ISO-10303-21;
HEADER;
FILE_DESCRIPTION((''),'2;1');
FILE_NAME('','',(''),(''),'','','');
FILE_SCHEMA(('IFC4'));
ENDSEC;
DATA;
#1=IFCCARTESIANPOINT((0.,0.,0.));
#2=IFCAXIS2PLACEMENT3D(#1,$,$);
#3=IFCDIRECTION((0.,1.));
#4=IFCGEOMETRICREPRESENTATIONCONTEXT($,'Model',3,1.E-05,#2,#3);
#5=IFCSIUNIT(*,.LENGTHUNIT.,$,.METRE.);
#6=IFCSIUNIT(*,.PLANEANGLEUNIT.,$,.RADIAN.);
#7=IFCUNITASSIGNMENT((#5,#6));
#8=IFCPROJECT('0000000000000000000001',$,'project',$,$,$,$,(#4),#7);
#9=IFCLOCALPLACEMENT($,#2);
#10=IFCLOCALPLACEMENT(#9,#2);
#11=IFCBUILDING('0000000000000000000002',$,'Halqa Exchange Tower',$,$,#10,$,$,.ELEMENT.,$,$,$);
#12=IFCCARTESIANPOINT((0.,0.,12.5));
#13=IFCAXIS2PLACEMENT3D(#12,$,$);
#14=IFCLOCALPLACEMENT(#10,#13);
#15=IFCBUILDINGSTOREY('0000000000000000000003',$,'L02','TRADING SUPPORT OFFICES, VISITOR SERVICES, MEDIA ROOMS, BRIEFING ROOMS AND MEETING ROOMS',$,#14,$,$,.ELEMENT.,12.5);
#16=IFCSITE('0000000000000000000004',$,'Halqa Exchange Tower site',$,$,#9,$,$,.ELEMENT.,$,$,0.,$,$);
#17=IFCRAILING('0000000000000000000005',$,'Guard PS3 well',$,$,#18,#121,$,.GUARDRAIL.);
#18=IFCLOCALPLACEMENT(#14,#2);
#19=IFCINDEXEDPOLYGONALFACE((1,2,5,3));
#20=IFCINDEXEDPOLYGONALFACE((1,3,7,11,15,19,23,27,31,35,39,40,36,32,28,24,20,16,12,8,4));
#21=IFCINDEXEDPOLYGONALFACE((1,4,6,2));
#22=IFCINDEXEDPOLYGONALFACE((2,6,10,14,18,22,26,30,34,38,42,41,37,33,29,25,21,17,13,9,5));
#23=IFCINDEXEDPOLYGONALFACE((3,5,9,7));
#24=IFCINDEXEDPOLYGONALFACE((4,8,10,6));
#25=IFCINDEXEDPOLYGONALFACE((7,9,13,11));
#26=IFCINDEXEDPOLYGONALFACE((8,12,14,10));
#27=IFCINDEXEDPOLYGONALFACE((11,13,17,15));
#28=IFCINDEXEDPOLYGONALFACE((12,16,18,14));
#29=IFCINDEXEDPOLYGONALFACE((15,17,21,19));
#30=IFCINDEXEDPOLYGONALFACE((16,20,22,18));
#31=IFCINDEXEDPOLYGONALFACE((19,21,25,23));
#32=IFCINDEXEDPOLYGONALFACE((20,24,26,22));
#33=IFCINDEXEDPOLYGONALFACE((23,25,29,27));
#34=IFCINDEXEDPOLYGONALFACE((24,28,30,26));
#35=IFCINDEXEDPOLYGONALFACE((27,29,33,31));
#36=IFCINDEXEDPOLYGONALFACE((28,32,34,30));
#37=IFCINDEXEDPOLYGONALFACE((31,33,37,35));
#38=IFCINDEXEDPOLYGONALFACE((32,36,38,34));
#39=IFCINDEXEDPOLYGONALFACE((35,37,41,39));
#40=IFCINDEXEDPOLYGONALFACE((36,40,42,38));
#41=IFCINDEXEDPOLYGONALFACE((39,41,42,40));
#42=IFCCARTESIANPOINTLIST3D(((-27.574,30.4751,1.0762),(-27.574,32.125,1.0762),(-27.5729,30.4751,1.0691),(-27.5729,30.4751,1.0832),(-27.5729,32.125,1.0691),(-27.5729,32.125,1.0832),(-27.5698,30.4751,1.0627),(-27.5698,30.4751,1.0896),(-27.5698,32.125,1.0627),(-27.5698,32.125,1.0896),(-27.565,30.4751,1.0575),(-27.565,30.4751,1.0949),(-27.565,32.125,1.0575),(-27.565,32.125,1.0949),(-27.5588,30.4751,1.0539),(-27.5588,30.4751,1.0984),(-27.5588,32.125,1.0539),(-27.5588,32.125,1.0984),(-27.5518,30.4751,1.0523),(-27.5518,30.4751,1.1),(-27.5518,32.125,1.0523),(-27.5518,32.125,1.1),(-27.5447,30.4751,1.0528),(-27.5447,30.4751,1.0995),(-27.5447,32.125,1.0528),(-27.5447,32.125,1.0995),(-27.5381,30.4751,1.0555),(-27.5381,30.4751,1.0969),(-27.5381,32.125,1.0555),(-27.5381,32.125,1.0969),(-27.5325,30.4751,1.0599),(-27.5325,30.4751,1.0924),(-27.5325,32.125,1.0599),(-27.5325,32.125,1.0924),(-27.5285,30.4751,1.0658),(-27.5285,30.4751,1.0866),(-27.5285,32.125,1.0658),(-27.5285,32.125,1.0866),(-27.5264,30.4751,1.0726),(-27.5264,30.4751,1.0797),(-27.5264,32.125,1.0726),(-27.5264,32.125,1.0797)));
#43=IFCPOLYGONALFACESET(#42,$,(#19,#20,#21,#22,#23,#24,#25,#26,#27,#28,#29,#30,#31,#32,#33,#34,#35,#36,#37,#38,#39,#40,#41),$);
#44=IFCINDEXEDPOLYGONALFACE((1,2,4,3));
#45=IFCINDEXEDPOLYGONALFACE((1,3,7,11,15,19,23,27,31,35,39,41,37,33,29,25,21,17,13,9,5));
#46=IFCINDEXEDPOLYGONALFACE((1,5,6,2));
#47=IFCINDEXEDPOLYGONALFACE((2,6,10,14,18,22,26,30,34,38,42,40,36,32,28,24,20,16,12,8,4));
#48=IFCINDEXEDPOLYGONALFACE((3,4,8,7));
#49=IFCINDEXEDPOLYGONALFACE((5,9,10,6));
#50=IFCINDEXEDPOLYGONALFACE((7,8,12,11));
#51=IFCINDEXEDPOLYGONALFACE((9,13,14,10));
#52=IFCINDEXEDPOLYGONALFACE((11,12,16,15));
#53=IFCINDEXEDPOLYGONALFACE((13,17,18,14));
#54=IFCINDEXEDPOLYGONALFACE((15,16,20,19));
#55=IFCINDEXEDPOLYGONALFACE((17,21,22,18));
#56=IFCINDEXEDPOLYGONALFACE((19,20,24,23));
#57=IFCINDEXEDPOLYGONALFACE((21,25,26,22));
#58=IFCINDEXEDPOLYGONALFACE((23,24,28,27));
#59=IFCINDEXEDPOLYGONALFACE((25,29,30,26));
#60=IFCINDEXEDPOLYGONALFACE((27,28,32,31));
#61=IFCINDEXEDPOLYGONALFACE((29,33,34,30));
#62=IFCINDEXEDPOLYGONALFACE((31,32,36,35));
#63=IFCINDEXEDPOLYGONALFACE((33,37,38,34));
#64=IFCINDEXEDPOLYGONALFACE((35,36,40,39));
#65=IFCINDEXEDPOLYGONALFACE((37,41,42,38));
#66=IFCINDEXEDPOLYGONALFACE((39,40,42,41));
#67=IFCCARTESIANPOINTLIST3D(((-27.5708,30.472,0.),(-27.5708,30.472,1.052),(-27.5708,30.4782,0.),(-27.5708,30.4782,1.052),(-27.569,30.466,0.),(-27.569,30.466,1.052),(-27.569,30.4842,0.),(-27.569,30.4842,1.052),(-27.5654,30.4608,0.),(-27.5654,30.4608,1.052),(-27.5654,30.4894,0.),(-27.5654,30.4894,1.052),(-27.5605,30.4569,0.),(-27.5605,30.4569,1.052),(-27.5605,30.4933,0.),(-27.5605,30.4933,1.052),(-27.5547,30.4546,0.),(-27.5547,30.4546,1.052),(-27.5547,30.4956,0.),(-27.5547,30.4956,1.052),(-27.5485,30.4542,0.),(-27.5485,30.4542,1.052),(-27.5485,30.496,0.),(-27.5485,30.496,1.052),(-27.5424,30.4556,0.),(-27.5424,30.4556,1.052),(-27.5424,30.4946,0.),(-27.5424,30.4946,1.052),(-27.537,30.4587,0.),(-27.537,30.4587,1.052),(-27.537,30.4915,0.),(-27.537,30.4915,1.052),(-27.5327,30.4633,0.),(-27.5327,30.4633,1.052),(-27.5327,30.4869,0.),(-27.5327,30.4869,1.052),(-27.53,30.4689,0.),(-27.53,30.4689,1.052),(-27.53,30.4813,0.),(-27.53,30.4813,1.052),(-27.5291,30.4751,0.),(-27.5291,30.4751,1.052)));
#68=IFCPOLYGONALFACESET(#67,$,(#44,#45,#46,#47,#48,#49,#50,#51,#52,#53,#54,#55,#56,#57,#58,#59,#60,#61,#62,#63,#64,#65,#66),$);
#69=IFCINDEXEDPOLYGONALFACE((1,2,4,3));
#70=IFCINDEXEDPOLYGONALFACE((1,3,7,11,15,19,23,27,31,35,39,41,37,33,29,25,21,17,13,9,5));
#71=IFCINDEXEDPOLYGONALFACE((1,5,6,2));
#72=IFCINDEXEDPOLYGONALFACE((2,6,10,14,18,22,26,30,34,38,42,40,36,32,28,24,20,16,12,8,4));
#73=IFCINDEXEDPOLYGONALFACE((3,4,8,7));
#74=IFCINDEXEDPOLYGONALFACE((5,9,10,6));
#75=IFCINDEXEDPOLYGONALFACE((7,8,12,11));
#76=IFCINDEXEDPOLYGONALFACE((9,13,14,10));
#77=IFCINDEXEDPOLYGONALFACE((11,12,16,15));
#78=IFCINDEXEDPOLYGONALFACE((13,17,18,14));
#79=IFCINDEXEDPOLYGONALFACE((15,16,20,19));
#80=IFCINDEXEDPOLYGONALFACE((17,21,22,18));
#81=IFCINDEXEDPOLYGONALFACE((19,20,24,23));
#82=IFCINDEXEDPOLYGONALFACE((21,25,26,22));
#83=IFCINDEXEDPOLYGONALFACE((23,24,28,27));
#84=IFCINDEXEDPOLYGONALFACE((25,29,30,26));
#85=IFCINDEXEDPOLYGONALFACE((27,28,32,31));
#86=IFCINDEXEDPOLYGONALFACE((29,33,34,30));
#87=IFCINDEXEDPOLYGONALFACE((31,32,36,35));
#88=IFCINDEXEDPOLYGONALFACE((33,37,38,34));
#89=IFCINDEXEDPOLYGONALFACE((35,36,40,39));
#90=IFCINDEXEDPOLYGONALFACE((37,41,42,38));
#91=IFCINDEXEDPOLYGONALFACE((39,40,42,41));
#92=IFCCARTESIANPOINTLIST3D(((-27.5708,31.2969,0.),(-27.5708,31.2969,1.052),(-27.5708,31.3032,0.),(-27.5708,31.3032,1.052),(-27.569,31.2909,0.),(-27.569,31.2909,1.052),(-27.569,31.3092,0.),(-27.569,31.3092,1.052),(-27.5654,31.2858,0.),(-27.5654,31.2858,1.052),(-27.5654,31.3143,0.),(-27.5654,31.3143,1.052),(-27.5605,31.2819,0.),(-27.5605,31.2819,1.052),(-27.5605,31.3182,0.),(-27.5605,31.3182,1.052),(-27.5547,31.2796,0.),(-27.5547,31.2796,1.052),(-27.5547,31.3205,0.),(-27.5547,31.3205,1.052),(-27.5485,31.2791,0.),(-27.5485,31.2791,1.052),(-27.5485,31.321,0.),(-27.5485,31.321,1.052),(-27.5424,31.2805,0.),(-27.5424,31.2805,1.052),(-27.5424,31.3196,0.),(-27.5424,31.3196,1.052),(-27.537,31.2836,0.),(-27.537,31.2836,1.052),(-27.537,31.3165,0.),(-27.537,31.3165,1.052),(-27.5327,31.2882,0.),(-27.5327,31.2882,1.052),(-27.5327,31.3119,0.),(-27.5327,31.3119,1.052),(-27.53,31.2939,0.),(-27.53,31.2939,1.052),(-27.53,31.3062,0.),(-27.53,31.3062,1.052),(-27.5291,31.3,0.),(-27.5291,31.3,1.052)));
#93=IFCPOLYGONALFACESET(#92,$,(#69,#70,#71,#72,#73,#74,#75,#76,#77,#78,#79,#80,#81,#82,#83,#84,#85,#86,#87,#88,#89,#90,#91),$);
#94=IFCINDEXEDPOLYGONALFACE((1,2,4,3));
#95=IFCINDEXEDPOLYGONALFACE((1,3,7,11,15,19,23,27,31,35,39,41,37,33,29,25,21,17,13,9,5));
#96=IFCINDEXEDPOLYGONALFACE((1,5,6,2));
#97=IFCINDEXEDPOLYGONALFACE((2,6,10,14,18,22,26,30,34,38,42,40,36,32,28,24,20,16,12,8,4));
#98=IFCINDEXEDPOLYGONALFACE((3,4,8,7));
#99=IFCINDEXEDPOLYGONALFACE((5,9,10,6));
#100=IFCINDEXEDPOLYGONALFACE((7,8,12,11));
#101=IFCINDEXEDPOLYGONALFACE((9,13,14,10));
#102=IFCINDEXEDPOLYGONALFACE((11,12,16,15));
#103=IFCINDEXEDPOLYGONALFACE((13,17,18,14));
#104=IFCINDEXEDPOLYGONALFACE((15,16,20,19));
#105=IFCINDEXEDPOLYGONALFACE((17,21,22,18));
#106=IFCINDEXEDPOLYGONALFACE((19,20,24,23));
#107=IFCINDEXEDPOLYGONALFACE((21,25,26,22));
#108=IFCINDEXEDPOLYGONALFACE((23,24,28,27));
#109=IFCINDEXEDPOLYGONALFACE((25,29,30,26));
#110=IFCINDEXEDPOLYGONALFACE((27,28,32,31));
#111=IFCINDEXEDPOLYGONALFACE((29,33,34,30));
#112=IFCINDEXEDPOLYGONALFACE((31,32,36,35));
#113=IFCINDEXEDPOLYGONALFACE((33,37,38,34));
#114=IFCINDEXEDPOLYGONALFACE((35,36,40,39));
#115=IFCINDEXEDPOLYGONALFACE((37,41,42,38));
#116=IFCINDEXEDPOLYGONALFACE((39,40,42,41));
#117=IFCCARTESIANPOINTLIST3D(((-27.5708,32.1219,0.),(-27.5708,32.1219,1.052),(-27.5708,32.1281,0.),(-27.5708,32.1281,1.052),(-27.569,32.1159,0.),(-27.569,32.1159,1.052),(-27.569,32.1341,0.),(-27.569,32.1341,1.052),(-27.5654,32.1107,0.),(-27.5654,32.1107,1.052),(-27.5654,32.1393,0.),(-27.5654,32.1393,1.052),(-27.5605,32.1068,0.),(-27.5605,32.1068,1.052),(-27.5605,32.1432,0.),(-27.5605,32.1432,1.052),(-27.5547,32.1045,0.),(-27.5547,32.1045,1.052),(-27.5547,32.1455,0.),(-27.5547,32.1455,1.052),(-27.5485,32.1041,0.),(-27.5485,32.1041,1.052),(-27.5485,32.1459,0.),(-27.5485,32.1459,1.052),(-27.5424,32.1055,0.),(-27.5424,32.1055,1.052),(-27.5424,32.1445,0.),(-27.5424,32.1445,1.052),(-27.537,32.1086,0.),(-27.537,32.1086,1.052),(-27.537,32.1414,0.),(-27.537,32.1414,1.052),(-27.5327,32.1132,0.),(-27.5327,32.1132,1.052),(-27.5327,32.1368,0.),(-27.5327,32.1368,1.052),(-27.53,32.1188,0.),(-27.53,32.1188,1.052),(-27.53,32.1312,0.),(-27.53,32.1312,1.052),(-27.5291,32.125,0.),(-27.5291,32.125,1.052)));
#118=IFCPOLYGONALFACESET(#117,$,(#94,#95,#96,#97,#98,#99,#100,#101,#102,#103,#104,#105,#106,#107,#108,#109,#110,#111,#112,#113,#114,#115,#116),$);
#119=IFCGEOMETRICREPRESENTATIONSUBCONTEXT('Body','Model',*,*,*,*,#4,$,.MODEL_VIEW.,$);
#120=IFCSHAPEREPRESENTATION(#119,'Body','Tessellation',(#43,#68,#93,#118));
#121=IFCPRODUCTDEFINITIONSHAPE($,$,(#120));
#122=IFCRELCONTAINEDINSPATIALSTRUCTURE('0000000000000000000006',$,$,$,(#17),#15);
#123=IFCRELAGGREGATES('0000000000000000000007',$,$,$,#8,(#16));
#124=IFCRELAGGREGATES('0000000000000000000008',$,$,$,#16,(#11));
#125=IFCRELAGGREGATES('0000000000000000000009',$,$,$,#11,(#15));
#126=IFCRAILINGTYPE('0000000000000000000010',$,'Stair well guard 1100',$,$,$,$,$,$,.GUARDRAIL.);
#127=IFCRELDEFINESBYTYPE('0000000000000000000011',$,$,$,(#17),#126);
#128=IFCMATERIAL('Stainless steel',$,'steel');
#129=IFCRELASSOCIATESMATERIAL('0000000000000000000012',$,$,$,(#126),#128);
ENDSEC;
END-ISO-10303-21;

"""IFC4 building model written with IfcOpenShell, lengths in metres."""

from ifc_helpers import new_model, si_unit, direction, frame, origin, origin_2d, place, context, subcontext, project, spatial, circle, extrude, material, type_object, element, save


model = new_model("IFC4")

# Units and contexts
model_context = context("Model", 3, precision=1e-05, world=origin(), true_north=direction((0.0, 1.0)))
body_context = subcontext(model_context, "Body", "Model", "MODEL_VIEW")
ifc_project = project(units=[si_unit("LENGTHUNIT", "METRE"), si_unit("PLANEANGLEUNIT", "RADIAN")], contexts=[model_context])

# Site, building, storey
site_placement = place(None, origin())
site = spatial("IfcSite", under=ifc_project, at=site_placement, Name="Halqa Exchange Tower site", CompositionType="ELEMENT", RefElevation=0.0)
building_placement = place(site_placement, origin())
building = spatial("IfcBuilding", under=site, at=building_placement, Name="Halqa Exchange Tower", CompositionType="ELEMENT")
storey_placement = place(building_placement, frame((0.0, 0.0, 12.5)))
storey = spatial("IfcBuildingStorey", under=building, at=storey_placement, Name="L02", Description="TRADING SUPPORT OFFICES, VISITOR SERVICES, MEDIA ROOMS, BRIEFING ROOMS AND MEETING ROOMS", CompositionType="ELEMENT", Elevation=12.5)

# Railing
ifc_material_1 = material(Name="Stainless steel", Category="steel")
railing_type_1 = type_object("IfcRailingType", Name="Stair well guard 1100", PredefinedType="GUARDRAIL", material=ifc_material_1)
railing_1_placement = place(storey_placement, frame((-27.55, 30.4751, 0.0)))
element("IfcRailing", 1, at=railing_1_placement, inside=storey, type_object=railing_type_1, Name="Guard PS3 well", PredefinedType="GUARDRAIL", context=body_context, shape_type="SweptSolid", body=[
    extrude(circle(Radius=0.0239, at=origin_2d()), frame((0.0, 0.0, 1.0762), z_axis=(0.0, 1.0, 0.0), x_axis=(-1.0, 0.0, 0.0)), (0.0, 0.0, 1.0), 1.6499),
    extrude(circle(Radius=0.021, at=origin_2d()), origin(), (0.0, 0.0, 1.0), 1.052),
    extrude(circle(Radius=0.021, at=origin_2d()), frame((0.0, 0.825, 0.0)), (0.0, 0.0, 1.0), 1.052),
    extrude(circle(Radius=0.021, at=origin_2d()), frame((0.0, 1.6499, 0.0)), (0.0, 0.0, 1.0), 1.052),
])

save(model, "model.ifc")
